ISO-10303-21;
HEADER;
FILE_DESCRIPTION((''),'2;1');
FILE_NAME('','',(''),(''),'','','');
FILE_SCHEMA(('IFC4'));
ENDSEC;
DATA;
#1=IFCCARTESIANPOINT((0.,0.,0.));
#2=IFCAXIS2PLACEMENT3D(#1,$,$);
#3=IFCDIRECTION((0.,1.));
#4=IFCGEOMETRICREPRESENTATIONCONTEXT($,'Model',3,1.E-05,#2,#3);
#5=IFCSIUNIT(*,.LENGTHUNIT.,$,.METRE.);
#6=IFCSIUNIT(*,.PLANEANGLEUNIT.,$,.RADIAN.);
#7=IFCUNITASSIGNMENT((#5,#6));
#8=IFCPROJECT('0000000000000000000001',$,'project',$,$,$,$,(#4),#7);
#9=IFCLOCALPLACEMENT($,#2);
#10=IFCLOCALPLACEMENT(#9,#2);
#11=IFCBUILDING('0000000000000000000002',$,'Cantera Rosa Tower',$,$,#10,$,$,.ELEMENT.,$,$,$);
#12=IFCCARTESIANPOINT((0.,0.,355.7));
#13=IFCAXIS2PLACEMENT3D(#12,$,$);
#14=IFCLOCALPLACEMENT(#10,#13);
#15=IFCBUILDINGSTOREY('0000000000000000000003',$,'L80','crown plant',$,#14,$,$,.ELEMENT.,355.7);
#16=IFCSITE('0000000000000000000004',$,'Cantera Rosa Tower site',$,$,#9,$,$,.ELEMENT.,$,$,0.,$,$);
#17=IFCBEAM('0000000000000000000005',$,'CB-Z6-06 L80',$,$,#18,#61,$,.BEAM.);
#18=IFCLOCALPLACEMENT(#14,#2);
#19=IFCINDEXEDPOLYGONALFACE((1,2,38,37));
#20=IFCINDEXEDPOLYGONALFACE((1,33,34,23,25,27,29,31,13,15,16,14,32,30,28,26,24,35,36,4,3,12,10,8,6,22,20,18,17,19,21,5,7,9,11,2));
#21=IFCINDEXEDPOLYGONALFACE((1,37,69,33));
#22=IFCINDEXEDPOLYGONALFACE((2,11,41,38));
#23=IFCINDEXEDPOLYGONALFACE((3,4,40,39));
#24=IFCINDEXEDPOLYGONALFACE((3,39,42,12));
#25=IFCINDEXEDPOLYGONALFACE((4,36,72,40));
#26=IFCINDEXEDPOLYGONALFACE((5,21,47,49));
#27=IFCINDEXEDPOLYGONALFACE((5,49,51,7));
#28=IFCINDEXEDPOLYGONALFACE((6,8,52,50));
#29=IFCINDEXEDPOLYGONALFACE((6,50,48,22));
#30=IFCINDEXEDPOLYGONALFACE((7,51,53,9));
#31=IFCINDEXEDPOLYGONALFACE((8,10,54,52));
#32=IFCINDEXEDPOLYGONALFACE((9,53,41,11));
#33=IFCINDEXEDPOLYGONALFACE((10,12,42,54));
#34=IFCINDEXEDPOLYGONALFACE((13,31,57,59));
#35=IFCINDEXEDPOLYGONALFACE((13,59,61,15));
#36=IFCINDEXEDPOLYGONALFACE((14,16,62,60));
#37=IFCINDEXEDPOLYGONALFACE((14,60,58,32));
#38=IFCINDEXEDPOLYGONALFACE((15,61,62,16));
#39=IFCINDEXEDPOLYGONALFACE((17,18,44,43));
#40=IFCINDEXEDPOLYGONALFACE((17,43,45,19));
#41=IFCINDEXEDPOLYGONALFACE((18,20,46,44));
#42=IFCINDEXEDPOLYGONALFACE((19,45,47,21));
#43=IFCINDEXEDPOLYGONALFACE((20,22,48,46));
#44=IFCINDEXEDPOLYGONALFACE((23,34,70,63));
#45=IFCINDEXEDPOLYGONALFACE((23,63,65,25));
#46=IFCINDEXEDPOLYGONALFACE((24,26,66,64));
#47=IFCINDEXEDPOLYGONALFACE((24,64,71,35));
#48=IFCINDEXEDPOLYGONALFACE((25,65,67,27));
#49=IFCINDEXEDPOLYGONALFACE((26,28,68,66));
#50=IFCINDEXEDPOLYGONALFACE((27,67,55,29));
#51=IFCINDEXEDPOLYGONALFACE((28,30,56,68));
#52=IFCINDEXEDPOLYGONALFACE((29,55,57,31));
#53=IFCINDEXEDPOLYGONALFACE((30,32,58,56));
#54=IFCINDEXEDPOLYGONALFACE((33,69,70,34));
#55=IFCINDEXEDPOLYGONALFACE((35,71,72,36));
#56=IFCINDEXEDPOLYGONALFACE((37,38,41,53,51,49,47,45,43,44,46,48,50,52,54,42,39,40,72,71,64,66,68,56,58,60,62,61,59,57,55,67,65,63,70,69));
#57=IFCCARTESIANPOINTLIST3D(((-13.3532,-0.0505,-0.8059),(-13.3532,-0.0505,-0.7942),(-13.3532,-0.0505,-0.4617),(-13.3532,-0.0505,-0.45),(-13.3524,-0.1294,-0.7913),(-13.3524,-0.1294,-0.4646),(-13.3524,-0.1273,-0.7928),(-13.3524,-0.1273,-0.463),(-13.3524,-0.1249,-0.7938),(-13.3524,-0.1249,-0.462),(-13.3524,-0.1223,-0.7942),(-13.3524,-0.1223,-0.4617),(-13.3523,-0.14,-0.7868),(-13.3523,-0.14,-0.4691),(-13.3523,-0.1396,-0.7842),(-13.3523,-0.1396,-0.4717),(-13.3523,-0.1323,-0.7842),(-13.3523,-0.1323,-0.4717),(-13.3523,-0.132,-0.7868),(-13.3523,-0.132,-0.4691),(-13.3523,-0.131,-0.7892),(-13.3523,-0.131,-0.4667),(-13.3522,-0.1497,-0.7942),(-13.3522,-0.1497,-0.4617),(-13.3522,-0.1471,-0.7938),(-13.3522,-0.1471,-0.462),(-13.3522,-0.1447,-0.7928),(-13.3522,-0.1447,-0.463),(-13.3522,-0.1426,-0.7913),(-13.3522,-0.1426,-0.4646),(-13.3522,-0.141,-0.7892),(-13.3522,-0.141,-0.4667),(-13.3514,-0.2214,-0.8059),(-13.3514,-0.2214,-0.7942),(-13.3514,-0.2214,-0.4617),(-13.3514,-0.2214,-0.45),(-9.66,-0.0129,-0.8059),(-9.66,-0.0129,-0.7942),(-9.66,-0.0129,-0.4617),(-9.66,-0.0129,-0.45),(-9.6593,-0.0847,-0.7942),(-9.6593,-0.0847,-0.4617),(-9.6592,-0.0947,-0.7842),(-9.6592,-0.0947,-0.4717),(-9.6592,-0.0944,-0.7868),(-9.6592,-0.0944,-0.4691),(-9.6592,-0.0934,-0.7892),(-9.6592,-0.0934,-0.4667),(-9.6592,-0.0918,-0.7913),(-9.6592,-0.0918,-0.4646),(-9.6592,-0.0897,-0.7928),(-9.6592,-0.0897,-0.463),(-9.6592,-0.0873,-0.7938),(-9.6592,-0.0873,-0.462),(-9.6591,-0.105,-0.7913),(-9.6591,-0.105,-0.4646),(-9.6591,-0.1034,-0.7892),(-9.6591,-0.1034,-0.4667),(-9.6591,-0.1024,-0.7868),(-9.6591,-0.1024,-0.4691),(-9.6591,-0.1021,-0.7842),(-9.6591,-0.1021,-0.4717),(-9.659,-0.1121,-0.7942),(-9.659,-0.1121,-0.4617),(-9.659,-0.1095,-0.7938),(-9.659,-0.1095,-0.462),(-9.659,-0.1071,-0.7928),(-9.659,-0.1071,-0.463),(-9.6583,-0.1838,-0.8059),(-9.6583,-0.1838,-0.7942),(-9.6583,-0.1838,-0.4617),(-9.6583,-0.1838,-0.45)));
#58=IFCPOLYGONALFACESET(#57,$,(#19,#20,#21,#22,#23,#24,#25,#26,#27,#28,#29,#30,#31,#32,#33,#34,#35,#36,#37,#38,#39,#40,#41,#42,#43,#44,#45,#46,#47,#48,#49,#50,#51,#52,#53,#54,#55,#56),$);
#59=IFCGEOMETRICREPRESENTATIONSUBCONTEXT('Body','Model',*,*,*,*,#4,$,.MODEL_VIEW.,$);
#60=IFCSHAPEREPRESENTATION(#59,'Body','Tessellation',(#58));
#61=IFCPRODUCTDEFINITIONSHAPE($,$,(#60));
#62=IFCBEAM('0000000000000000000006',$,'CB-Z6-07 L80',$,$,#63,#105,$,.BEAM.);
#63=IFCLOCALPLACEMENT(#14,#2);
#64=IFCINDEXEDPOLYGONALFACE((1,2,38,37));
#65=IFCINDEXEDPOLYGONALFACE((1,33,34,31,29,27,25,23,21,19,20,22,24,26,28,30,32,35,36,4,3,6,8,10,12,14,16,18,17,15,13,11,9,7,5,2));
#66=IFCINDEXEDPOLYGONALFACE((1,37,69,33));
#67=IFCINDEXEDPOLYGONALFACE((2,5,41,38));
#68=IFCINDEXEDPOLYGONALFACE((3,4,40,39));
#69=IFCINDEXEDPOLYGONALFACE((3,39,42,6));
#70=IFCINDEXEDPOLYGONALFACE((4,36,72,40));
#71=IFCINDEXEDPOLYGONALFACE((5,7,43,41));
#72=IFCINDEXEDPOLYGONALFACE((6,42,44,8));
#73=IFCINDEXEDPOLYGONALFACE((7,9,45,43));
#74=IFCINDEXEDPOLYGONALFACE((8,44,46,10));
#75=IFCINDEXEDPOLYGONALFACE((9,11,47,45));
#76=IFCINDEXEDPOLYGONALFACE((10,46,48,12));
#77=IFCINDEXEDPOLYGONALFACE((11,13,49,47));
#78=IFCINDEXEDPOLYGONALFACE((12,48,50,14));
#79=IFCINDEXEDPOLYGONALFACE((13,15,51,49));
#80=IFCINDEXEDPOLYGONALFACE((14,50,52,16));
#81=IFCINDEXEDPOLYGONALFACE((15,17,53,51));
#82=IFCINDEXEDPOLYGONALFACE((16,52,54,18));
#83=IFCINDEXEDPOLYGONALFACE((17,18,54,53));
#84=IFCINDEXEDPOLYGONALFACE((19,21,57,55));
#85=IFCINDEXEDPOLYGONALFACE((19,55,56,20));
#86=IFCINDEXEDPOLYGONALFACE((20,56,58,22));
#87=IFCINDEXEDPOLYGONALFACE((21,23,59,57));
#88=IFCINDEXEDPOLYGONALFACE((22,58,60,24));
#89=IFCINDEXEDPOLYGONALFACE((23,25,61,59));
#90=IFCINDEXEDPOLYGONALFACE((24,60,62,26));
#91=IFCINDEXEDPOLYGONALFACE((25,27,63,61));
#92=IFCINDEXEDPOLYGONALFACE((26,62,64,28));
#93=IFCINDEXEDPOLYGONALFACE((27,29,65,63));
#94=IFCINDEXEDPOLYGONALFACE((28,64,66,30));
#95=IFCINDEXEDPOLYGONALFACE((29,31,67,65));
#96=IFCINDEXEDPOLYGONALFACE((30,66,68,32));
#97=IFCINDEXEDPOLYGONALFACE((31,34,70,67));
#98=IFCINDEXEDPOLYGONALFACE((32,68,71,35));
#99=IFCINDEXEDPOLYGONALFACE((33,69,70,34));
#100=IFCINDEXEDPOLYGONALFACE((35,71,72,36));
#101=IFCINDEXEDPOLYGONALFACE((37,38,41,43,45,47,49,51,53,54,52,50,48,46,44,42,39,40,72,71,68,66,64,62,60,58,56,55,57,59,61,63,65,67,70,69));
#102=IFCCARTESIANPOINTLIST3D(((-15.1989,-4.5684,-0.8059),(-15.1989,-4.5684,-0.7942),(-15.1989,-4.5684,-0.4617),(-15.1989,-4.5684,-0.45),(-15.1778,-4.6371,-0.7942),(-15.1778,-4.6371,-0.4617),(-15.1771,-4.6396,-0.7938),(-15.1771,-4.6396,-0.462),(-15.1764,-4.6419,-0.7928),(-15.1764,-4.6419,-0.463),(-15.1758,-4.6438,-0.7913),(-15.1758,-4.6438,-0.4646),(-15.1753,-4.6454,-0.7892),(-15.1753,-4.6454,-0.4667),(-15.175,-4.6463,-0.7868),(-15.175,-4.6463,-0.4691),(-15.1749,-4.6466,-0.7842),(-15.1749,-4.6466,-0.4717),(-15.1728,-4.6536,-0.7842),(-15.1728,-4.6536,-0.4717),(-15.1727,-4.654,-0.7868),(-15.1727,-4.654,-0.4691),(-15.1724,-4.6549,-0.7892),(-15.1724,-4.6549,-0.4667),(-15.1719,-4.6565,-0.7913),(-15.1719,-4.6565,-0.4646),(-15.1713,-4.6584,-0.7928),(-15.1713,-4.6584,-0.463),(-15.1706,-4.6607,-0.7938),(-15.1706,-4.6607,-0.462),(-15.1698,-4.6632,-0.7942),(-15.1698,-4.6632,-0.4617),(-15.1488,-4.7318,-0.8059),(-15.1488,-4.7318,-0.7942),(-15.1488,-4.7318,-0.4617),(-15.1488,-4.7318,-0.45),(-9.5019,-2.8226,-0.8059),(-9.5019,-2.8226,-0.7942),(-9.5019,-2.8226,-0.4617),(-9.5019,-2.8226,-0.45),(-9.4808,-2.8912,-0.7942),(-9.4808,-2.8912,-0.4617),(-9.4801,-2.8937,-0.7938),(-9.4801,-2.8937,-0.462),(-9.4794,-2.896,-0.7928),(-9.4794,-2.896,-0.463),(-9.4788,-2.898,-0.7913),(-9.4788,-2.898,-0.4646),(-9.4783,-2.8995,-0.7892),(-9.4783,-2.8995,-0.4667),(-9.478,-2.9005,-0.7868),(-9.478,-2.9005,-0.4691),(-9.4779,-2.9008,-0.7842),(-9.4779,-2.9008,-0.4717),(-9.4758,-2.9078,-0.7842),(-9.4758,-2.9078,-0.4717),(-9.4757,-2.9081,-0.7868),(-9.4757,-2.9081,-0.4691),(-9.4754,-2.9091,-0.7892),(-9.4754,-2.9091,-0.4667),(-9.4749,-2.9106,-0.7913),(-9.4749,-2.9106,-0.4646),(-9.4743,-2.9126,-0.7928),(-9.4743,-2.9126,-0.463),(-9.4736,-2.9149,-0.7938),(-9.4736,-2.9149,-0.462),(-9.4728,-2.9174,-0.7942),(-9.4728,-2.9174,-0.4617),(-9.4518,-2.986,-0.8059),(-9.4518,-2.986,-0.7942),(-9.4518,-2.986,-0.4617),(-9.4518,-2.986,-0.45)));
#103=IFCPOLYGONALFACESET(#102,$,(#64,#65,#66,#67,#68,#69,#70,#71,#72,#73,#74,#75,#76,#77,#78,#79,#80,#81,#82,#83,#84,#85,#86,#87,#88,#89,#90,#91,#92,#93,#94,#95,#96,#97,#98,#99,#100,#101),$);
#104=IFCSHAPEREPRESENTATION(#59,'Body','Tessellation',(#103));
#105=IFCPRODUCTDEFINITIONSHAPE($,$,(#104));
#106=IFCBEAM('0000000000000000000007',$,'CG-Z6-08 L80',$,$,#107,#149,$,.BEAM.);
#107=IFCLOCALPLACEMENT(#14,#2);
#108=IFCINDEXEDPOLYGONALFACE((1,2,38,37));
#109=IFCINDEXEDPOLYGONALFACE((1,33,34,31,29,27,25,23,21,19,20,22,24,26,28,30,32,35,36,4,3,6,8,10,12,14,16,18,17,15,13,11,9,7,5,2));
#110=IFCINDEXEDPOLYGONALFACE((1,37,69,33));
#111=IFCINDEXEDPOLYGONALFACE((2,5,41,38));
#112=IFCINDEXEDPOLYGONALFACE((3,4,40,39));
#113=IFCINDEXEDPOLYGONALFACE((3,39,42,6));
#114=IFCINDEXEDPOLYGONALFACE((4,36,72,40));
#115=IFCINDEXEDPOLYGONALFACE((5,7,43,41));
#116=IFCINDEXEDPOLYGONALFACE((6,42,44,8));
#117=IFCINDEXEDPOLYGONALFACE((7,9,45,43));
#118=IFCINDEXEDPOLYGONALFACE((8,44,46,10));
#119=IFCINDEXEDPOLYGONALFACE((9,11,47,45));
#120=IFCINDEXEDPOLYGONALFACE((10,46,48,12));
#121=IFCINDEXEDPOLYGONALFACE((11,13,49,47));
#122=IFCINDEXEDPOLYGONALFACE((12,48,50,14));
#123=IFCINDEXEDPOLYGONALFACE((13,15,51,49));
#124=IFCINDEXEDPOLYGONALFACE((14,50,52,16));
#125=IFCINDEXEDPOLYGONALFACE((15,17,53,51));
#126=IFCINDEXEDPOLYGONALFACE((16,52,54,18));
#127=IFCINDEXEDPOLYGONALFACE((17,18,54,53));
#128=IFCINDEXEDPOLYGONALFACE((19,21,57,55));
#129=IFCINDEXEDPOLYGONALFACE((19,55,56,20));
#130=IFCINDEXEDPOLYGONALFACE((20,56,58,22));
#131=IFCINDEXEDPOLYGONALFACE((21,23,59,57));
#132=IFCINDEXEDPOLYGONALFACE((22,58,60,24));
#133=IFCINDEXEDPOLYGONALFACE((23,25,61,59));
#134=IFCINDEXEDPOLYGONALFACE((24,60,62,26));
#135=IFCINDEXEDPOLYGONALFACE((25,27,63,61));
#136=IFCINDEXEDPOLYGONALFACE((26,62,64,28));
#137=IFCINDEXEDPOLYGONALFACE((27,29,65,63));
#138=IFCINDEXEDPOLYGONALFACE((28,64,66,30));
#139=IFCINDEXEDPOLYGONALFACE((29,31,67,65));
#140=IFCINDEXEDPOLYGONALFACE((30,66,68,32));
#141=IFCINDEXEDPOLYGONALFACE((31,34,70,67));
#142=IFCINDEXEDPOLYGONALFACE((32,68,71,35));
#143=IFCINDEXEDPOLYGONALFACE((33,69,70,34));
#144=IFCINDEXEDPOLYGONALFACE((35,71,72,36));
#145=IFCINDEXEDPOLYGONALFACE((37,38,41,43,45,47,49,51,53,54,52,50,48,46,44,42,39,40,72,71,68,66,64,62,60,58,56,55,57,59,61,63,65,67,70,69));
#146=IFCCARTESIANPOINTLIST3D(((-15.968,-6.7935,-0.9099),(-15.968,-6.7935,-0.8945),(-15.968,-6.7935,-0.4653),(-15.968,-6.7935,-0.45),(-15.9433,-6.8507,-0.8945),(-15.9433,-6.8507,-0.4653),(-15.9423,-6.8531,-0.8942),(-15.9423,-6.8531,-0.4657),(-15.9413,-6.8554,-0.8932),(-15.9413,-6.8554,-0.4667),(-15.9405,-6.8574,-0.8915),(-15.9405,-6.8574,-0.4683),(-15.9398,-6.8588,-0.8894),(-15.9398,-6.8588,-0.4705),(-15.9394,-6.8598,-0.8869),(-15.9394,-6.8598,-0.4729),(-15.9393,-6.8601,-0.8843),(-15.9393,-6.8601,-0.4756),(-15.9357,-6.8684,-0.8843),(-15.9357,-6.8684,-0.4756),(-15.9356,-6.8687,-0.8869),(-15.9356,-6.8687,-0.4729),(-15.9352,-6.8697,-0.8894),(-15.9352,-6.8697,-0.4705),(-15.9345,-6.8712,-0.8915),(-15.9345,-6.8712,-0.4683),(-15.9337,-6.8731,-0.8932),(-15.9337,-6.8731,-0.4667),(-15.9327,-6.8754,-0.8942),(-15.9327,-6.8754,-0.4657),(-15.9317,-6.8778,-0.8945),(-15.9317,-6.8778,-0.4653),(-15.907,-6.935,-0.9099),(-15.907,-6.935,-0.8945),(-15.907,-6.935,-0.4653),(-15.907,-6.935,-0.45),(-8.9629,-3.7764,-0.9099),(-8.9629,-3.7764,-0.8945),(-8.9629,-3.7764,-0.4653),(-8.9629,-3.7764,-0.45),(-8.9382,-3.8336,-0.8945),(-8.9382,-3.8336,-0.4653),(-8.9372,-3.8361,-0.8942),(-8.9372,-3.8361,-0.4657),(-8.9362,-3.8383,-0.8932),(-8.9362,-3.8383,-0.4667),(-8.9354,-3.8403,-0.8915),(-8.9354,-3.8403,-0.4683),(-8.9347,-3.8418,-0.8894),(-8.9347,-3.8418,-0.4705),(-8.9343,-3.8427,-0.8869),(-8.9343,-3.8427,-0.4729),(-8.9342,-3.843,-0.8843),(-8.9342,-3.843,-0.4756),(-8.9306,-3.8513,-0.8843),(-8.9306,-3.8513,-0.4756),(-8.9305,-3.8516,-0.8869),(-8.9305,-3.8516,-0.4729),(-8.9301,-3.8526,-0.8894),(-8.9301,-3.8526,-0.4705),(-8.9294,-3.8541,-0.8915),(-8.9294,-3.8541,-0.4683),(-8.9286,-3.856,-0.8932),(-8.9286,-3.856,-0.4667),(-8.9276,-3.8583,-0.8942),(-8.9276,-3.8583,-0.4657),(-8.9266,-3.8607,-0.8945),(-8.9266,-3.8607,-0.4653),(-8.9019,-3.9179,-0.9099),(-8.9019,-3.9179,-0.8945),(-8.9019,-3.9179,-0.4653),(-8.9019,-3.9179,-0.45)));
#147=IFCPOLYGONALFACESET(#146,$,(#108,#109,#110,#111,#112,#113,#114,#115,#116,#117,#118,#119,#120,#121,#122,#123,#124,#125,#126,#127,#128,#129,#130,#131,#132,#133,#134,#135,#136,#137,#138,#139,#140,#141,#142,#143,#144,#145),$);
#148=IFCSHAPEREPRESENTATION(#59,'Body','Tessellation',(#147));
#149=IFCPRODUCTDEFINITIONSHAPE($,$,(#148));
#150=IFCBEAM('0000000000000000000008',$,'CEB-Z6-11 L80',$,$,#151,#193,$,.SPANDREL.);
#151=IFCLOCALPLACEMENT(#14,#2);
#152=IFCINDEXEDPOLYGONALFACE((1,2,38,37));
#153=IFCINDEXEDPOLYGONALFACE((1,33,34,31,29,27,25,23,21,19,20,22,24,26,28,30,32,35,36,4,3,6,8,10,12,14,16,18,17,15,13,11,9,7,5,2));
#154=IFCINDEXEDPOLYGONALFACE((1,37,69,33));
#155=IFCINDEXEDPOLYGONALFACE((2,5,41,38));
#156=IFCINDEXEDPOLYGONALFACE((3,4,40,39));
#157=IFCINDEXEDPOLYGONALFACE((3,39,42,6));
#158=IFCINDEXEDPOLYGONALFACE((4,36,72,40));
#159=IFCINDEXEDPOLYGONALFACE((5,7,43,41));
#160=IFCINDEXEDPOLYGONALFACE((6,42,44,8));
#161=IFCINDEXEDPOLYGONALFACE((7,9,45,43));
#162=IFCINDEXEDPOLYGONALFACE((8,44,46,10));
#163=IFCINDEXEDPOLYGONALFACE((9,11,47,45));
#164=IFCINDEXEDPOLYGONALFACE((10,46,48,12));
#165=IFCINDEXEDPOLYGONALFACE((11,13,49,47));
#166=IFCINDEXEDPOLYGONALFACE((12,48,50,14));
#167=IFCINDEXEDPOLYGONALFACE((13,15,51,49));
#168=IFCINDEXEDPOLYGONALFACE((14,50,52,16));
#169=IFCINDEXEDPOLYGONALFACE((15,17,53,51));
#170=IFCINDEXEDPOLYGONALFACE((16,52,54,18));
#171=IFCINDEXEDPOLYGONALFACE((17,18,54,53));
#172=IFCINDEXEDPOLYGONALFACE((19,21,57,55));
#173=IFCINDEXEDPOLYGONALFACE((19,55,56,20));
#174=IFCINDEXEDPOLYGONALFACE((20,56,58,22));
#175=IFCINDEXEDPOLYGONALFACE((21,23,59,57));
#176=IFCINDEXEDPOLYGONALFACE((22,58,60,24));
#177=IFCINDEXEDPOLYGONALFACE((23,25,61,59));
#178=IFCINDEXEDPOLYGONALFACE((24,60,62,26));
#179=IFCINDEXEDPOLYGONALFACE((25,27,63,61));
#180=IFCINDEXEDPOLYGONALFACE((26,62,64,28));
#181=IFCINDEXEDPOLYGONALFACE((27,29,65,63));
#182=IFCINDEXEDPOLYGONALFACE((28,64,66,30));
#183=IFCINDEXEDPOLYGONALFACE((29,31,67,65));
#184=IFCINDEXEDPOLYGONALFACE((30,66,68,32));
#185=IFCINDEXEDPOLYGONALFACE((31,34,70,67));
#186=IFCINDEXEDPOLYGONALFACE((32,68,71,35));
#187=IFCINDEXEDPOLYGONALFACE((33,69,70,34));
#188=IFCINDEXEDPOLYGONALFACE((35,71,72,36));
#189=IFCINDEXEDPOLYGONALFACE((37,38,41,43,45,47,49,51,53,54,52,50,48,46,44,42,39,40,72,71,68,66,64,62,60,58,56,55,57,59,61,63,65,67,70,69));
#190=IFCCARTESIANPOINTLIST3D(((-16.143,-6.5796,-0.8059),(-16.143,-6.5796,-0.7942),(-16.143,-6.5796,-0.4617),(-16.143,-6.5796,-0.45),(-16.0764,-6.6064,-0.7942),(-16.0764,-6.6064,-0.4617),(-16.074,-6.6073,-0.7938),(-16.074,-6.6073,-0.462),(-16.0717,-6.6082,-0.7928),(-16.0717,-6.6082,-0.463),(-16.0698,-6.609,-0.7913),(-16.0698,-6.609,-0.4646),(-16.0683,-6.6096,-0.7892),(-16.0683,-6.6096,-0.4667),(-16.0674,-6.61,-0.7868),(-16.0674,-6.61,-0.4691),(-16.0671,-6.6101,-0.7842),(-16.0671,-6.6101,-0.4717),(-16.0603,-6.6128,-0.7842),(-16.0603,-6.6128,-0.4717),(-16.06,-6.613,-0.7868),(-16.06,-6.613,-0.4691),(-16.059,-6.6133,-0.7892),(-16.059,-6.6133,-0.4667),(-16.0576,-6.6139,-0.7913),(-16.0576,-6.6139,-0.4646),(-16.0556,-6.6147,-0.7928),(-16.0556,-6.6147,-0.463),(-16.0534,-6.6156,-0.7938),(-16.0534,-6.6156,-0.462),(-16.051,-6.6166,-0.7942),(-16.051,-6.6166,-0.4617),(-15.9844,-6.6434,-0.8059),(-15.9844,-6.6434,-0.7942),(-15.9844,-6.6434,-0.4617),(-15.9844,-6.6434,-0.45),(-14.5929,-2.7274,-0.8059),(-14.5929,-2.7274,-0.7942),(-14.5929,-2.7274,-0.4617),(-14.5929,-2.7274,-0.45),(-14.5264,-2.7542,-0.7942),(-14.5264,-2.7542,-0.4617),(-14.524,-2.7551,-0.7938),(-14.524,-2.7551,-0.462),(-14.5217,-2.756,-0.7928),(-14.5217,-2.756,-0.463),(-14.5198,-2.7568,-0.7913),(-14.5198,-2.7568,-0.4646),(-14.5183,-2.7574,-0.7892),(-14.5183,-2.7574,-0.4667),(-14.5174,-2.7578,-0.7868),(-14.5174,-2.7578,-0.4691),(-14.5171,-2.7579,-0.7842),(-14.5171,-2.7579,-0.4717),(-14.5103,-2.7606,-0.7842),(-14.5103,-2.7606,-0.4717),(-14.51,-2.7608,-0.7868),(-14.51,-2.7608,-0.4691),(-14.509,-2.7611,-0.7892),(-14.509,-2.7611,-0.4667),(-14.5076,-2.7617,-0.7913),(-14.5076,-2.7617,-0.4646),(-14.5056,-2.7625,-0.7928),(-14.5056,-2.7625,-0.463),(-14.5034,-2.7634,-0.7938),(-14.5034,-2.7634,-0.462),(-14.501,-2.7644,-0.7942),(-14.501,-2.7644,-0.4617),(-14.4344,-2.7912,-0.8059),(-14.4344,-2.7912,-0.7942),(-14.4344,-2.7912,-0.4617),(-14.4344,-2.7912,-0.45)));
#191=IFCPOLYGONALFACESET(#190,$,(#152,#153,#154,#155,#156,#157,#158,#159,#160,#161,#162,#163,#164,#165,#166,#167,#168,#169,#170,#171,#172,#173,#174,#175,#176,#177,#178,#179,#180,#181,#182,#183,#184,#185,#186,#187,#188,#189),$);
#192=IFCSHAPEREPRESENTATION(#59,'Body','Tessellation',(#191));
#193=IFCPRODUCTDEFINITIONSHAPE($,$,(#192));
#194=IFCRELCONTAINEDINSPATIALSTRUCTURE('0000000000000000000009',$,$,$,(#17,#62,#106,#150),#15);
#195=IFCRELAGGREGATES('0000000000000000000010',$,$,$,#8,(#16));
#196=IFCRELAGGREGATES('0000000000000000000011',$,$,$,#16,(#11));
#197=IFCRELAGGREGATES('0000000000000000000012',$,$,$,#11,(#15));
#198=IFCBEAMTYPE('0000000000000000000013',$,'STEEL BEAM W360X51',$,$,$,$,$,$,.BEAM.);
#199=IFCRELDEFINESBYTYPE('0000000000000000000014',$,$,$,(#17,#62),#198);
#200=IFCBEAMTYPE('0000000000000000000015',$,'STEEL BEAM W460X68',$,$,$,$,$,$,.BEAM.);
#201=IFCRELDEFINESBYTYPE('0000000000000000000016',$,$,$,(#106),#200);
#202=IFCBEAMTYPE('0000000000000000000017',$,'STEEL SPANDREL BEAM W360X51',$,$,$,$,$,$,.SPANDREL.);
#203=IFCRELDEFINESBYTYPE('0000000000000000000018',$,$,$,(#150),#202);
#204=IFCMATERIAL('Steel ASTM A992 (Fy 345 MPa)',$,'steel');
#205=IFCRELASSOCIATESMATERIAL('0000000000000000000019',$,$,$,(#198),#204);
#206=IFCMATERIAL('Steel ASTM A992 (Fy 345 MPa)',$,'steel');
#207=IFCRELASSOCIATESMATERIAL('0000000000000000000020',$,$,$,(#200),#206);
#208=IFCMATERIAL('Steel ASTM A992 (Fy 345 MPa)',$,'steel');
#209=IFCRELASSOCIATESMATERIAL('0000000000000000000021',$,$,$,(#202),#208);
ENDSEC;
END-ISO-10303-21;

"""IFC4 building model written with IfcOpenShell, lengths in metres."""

from ifc_helpers import new_model, si_unit, direction, frame, origin, origin_2d, place, context, subcontext, project, spatial, i_section, extrude, material, material_profile, profile_set, type_object, element, save


model = new_model("IFC4")

# Units and contexts
model_context = context("Model", 3, precision=1e-05, world=origin(), true_north=direction((0.0, 1.0)))
body_context = subcontext(model_context, "Body", "Model", "MODEL_VIEW")
ifc_project = project(units=[si_unit("LENGTHUNIT", "METRE"), si_unit("PLANEANGLEUNIT", "RADIAN")], contexts=[model_context])

# Site, building, storey
site_placement = place(None, origin())
site = spatial("IfcSite", under=ifc_project, at=site_placement, Name="Cantera Rosa Tower site", CompositionType="ELEMENT", RefElevation=0.0)
building_placement = place(site_placement, origin())
building = spatial("IfcBuilding", under=site, at=building_placement, Name="Cantera Rosa Tower", CompositionType="ELEMENT")
storey_placement = place(building_placement, frame((0.0, 0.0, 355.7)))
storey = spatial("IfcBuildingStorey", under=building, at=storey_placement, Name="L80", Description="crown plant", CompositionType="ELEMENT", Elevation=355.7)

# Beams
ifc_material_1 = material(Name="Steel ASTM A992 (Fy 345 MPa)", Category="steel")
ifc_material_profile_1 = material_profile(ifc_material_1, i_section(OverallWidth=0.1709, OverallDepth=0.356, WebThickness=0.0073, FlangeThickness=0.0117, FilletRadius=0.01, at=origin_2d()), Name="W360X51")
ifc_profile_set_1 = profile_set([ifc_material_profile_1], Name="Steel ASTM A992 (Fy 345 MPa)")
beam_type_1 = type_object("IfcBeamType", Name="STEEL BEAM W360X51", PredefinedType="BEAM", material=ifc_profile_set_1)
beam_1_placement = place(storey_placement, frame((-13.3523, -0.136, -0.6279), z_axis=(0.999948, 0.01018, 0.0), x_axis=(-0.01018, 0.999948, 0.0)))
element("IfcBeam", 1, at=beam_1_placement, inside=storey, type_object=beam_type_1, Name="CB-Z6-06 L80", PredefinedType="BEAM", context=body_context, shape_type="SweptSolid", body=[
    extrude(i_section(OverallWidth=0.1709, OverallDepth=0.356, WebThickness=0.0073, FlangeThickness=0.0117, FilletRadius=0.01, at=origin_2d()), origin(), (0.0, 0.0, 1.0), 3.6934),
])
beam_2_placement = place(storey_placement, frame((-15.1738, -4.6501, -0.6279), z_axis=(0.956112, 0.293, 0.0), x_axis=(-0.293, 0.956112, 0.0)))
element("IfcBeam", 2, at=beam_2_placement, inside=storey, type_object=beam_type_1, Name="CB-Z6-07 L80", PredefinedType="BEAM", context=body_context, shape_type="SweptSolid", body=[
    extrude(i_section(OverallWidth=0.1709, OverallDepth=0.356, WebThickness=0.0073, FlangeThickness=0.0117, FilletRadius=0.01, at=origin_2d()), origin(), (0.0, 0.0, 1.0), 5.9585),
])
ifc_material_2 = material(Name="Steel ASTM A992 (Fy 345 MPa)", Category="steel")
ifc_material_profile_2 = material_profile(ifc_material_2, i_section(OverallWidth=0.1541, OverallDepth=0.46, WebThickness=0.009, FlangeThickness=0.0154, FilletRadius=0.0103, at=origin_2d()), Name="W460X68")
ifc_profile_set_2 = profile_set([ifc_material_profile_2], Name="Steel ASTM A992 (Fy 345 MPa)")
beam_type_2 = type_object("IfcBeamType", Name="STEEL BEAM W460X68", PredefinedType="BEAM", material=ifc_profile_set_2)
beam_3_placement = place(storey_placement, frame((-15.9375, -6.8643, -0.6799), z_axis=(0.918437, 0.395568, 0.0), x_axis=(-0.395568, 0.918437, 0.0)))
element("IfcBeam", 3, at=beam_3_placement, inside=storey, type_object=beam_type_2, Name="CG-Z6-08 L80", PredefinedType="BEAM", context=body_context, shape_type="SweptSolid", body=[
    extrude(i_section(OverallWidth=0.1541, OverallDepth=0.46, WebThickness=0.009, FlangeThickness=0.0154, FilletRadius=0.0103, at=origin_2d()), origin(), (0.0, 0.0, 1.0), 7.6272),
])
ifc_material_3 = material(Name="Steel ASTM A992 (Fy 345 MPa)", Category="steel")
ifc_material_profile_3 = material_profile(ifc_material_3, i_section(OverallWidth=0.1709, OverallDepth=0.356, WebThickness=0.0073, FlangeThickness=0.0117, FilletRadius=0.01, at=origin_2d()), Name="W360X51")
ifc_profile_set_3 = profile_set([ifc_material_profile_3], Name="Steel ASTM A992 (Fy 345 MPa)")
beam_type_3 = type_object("IfcBeamType", Name="STEEL SPANDREL BEAM W360X51", PredefinedType="SPANDREL", material=ifc_profile_set_3)
beam_4_placement = place(storey_placement, frame((-14.5137, -2.7593, -0.6279), z_axis=(-0.373286, -0.927717, 0.0), x_axis=(0.927717, -0.373286, 0.0)))
element("IfcBeam", 4, at=beam_4_placement, inside=storey, type_object=beam_type_3, Name="CEB-Z6-11 L80", PredefinedType="SPANDREL", context=body_context, shape_type="SweptSolid", body=[
    extrude(i_section(OverallWidth=0.1709, OverallDepth=0.356, WebThickness=0.0073, FlangeThickness=0.0117, FilletRadius=0.01, at=origin_2d()), origin(), (0.0, 0.0, 1.0), 4.1523),
])

save(model, "model.ifc")
